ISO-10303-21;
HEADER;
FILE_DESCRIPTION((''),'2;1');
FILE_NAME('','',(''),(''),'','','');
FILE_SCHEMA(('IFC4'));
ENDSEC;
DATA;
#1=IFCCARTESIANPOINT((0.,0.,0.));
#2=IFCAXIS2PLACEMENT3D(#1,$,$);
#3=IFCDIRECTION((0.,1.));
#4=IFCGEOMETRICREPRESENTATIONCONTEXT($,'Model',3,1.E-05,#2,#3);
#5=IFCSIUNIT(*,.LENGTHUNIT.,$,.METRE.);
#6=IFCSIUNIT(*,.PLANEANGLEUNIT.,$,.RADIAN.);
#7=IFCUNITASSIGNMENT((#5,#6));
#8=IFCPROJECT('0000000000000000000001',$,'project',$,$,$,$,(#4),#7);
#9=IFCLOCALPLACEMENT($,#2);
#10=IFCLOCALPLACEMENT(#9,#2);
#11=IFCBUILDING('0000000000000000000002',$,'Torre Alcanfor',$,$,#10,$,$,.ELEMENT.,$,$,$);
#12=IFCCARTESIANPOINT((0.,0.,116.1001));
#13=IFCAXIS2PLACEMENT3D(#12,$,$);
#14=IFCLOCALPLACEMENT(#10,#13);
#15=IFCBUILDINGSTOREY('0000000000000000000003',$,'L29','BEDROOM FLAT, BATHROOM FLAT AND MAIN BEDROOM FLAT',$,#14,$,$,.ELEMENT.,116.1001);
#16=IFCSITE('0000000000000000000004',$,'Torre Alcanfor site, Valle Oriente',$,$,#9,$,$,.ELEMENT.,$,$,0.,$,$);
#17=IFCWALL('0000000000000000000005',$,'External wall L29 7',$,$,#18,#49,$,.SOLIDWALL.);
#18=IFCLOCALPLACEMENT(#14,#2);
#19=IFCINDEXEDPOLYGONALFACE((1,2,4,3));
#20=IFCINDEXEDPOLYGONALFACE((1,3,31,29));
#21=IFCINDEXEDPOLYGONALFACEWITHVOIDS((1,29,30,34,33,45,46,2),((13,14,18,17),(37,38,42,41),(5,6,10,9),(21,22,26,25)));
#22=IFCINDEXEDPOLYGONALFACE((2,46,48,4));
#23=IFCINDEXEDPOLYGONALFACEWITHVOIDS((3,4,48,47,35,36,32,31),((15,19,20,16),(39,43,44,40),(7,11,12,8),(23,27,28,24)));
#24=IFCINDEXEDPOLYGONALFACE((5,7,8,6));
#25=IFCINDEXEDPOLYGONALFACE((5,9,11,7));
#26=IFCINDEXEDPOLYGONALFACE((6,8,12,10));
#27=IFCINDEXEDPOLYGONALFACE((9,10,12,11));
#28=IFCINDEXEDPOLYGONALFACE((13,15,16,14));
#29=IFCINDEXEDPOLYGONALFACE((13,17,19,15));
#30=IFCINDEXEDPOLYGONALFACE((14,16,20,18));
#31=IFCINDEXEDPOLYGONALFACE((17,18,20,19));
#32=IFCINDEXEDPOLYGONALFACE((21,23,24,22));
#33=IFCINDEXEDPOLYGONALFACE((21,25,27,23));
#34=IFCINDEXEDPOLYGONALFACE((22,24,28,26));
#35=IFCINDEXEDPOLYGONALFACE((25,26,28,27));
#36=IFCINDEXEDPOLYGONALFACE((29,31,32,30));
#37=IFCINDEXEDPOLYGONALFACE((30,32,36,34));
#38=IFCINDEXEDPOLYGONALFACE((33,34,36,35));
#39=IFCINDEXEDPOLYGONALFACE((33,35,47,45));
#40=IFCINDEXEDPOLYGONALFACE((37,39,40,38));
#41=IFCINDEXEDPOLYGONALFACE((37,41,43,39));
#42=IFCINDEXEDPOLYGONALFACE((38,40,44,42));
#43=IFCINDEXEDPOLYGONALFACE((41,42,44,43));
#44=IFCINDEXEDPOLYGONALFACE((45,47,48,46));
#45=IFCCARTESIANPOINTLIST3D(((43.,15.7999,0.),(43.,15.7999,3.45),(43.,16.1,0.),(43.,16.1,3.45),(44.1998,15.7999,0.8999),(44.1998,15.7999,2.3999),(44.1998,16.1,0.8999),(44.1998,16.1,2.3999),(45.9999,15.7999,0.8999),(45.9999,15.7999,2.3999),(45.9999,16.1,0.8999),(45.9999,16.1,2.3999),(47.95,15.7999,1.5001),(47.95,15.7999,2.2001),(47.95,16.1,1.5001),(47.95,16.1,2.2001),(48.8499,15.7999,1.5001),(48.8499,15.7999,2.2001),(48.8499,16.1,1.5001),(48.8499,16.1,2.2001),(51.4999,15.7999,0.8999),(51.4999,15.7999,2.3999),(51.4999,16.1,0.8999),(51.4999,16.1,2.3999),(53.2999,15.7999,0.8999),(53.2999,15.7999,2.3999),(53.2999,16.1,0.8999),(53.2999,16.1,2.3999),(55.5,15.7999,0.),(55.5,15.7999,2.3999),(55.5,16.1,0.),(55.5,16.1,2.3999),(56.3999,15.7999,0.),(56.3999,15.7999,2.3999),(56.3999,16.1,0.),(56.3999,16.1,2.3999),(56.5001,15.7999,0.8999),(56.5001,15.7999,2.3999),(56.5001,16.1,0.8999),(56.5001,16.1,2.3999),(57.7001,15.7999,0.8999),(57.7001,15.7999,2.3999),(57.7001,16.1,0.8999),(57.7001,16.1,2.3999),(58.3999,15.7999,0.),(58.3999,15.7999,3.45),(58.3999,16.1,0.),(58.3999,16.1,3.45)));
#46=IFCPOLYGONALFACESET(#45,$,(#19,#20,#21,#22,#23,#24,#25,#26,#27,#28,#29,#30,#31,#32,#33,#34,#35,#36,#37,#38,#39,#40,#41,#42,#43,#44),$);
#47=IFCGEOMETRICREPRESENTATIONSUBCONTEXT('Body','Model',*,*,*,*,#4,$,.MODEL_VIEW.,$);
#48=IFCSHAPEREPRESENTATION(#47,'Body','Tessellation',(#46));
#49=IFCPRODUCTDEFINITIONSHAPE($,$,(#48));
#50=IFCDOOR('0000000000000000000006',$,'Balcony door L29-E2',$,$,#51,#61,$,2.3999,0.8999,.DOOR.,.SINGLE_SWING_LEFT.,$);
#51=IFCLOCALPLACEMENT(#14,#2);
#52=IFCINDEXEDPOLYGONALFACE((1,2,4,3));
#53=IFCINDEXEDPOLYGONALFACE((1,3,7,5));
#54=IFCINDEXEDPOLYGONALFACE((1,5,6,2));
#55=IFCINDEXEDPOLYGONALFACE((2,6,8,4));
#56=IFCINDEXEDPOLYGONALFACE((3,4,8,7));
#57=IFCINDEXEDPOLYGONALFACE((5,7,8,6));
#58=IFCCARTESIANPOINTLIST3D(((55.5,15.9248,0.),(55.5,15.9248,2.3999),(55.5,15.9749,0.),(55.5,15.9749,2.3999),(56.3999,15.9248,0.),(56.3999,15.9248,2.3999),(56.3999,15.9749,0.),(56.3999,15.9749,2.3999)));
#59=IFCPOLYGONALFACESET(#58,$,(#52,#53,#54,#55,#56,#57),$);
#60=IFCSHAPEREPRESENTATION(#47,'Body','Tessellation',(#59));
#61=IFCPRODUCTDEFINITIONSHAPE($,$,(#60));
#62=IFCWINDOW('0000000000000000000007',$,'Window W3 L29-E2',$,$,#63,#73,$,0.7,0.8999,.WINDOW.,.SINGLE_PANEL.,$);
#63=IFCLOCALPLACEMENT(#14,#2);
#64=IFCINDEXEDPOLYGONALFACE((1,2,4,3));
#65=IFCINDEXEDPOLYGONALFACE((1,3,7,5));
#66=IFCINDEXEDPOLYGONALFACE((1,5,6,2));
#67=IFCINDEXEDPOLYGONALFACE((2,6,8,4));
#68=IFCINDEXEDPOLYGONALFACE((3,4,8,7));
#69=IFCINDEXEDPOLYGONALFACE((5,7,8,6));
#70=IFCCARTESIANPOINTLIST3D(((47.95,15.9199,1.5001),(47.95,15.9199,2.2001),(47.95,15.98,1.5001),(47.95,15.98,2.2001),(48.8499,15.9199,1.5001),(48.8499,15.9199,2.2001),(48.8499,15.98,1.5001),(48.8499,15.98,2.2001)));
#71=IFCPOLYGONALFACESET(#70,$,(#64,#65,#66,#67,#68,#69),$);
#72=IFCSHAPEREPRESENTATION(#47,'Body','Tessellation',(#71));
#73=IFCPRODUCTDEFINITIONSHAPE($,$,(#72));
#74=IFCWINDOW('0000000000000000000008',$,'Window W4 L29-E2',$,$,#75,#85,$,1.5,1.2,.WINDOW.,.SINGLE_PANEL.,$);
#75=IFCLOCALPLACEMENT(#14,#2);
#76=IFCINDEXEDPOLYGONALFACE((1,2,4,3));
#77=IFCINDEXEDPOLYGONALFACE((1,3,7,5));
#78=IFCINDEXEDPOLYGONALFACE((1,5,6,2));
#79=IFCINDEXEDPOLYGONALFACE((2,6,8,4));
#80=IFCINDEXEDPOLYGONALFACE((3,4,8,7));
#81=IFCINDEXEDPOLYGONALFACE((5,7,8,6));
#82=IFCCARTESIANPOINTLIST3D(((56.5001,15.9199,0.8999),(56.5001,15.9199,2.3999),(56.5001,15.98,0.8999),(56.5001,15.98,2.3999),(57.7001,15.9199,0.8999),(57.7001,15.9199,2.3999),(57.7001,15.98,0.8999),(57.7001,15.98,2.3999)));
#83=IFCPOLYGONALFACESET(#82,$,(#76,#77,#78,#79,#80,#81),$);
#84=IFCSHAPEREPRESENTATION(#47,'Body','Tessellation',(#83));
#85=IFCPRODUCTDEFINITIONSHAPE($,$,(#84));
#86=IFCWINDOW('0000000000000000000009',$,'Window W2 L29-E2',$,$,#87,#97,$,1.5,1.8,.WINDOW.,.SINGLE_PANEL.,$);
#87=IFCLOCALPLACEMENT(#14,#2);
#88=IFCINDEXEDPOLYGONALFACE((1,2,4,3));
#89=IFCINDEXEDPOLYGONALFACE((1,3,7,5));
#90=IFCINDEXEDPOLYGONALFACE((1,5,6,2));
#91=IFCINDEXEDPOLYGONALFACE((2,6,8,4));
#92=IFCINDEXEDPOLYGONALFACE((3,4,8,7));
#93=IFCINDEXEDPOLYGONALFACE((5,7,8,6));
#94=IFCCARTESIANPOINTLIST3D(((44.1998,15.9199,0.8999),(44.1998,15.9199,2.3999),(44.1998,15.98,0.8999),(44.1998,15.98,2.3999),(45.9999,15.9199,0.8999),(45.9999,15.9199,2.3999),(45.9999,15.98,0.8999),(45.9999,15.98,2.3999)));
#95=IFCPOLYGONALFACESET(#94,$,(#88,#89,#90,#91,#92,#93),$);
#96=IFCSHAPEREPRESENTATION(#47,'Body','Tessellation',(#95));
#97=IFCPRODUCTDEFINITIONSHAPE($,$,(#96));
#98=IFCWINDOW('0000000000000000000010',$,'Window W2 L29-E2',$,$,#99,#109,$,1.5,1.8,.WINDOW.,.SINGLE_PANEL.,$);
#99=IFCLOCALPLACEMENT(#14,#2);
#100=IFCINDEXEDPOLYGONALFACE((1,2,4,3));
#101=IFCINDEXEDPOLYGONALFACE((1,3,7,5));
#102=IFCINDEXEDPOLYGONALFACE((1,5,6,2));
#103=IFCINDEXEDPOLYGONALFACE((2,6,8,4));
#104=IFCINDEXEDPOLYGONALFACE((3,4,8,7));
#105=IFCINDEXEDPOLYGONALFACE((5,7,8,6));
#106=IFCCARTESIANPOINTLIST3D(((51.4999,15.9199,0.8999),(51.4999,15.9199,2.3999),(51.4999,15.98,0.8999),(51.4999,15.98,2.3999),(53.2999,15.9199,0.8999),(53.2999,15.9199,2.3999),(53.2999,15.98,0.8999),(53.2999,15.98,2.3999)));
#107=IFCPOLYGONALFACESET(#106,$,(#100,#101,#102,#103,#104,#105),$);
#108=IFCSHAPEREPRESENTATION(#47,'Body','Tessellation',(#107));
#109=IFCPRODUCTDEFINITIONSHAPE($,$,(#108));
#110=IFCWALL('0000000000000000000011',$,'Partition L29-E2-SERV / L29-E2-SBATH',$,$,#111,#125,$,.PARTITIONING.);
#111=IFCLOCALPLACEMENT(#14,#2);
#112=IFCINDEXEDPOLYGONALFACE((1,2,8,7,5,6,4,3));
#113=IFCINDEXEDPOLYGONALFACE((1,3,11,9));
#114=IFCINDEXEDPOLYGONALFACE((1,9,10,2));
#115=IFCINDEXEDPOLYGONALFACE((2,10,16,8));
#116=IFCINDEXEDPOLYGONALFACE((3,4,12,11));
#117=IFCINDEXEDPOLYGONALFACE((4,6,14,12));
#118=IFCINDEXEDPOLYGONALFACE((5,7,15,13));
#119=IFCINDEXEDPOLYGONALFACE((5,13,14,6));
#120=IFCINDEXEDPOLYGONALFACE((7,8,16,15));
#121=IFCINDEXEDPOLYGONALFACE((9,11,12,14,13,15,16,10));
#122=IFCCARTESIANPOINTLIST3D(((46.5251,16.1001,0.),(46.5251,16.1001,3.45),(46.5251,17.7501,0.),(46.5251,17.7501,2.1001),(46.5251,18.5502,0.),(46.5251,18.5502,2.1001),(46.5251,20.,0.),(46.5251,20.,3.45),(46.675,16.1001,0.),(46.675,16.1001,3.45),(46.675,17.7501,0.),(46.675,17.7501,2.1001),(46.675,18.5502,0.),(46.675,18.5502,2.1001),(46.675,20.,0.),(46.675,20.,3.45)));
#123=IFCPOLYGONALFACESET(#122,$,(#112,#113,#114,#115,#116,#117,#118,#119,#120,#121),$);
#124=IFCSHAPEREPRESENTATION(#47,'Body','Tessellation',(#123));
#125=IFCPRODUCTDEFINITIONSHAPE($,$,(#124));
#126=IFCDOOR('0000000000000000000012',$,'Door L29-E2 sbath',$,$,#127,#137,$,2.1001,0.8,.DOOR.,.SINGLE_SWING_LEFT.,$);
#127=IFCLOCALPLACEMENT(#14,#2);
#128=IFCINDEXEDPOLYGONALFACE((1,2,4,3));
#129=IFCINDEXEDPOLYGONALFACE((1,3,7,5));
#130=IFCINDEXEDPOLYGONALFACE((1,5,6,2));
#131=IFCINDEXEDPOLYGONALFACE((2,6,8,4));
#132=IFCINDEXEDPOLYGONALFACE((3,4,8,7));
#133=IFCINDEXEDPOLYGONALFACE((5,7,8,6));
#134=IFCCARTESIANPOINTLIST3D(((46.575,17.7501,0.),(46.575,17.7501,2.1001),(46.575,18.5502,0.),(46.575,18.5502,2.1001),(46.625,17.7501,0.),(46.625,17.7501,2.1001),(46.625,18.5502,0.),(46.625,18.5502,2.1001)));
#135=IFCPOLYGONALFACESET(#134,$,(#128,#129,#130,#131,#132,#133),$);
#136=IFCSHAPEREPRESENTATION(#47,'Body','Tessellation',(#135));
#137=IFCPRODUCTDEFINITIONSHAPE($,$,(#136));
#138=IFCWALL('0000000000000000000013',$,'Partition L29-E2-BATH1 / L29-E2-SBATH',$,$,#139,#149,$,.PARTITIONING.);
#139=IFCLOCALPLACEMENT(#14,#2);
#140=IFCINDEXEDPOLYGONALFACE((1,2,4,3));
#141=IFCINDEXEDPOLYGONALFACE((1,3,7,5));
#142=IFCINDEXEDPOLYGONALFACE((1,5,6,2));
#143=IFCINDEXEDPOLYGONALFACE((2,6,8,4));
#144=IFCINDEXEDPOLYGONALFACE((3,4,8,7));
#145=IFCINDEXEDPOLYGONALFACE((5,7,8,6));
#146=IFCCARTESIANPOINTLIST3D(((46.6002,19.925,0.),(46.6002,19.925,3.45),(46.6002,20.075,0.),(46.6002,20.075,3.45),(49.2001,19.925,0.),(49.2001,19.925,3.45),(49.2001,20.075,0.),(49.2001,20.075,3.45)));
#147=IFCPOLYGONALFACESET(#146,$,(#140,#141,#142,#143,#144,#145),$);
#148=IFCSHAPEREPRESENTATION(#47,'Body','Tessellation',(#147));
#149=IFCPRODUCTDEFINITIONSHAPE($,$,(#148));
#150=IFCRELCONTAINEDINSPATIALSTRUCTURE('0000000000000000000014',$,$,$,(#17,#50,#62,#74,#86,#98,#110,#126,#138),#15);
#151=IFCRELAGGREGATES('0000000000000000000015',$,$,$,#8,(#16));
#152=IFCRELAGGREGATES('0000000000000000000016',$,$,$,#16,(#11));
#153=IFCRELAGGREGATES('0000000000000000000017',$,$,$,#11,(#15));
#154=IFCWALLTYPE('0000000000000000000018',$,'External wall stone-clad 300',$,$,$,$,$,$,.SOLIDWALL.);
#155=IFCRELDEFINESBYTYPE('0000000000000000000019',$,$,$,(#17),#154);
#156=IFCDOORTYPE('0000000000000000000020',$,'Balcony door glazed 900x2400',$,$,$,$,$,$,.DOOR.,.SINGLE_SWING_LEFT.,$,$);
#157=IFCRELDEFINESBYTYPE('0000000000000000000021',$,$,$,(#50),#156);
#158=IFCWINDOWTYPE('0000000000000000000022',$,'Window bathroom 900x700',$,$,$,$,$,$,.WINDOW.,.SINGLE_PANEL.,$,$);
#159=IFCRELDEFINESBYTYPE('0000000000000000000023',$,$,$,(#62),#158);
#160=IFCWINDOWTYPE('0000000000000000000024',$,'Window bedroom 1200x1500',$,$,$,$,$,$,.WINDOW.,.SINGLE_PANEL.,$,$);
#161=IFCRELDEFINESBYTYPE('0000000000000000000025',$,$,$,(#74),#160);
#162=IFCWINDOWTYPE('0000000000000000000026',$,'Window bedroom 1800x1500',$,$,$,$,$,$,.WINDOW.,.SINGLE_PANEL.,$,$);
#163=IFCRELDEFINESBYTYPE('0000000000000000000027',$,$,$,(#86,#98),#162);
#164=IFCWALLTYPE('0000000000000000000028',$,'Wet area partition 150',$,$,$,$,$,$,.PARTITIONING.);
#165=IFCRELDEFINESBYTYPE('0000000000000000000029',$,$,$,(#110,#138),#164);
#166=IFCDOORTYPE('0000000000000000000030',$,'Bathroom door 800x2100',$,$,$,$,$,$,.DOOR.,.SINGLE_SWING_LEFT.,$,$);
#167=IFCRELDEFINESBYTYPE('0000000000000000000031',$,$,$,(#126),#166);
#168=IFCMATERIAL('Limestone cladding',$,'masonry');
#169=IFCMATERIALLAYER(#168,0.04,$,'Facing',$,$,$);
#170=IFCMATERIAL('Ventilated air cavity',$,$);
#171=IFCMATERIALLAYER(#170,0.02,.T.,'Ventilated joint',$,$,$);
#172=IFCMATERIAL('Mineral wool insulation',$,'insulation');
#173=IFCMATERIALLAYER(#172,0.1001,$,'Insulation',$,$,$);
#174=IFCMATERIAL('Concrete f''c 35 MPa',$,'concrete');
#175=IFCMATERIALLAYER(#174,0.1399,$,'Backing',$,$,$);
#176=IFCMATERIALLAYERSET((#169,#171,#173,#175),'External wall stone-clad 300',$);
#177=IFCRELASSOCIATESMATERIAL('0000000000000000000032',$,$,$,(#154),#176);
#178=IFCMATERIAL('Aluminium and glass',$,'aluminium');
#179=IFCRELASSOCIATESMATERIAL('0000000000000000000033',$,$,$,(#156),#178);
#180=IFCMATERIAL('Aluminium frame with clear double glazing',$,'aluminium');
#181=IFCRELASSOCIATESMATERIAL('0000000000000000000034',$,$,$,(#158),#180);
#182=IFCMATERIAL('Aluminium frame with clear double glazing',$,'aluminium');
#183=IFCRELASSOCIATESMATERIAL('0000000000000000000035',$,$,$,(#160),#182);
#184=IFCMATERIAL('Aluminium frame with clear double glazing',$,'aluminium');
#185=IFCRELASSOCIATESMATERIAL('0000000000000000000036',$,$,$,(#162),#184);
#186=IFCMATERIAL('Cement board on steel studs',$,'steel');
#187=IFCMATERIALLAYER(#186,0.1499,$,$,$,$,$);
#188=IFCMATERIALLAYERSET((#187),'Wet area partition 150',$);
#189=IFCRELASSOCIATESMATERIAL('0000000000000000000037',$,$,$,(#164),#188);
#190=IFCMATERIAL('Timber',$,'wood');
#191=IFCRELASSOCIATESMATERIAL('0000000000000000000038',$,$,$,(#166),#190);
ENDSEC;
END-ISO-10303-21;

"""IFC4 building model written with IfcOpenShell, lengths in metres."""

from ifc_helpers import new_model, si_unit, direction, frame, frame_2d, origin, place, context, subcontext, project, spatial, rectangle, extrude, material, layer, layer_set, type_object, element, fill, save


model = new_model("IFC4")

# Units and contexts
model_context = context("Model", 3, precision=1e-05, world=origin(), true_north=direction((0.0, 1.0)))
body_context = subcontext(model_context, "Body", "Model", "MODEL_VIEW")
ifc_project = project(units=[si_unit("LENGTHUNIT", "METRE"), si_unit("PLANEANGLEUNIT", "RADIAN")], contexts=[model_context])

# Site, building, storey
site_placement = place(None, origin())
site = spatial("IfcSite", under=ifc_project, at=site_placement, Name="Torre Alcanfor site, Valle Oriente", CompositionType="ELEMENT", RefElevation=0.0)
building_placement = place(site_placement, origin())
building = spatial("IfcBuilding", under=site, at=building_placement, Name="Torre Alcanfor", CompositionType="ELEMENT")
storey_placement = place(building_placement, frame((0.0, 0.0, 116.1001)))
storey = spatial("IfcBuildingStorey", under=building, at=storey_placement, Name="L29", Description="BEDROOM FLAT, BATHROOM FLAT AND MAIN BEDROOM FLAT", CompositionType="ELEMENT", Elevation=116.1001)

# Wall, openings, door, windows
ifc_material_1 = material(Name="Limestone cladding", Category="masonry")
ifc_layer_1 = layer(ifc_material_1, 0.04, Name="Facing")
ifc_material_2 = material(Name="Ventilated air cavity")
ifc_layer_2 = layer(ifc_material_2, 0.02, ventilated=True, Name="Ventilated joint")
ifc_material_3 = material(Name="Mineral wool insulation", Category="insulation")
ifc_layer_3 = layer(ifc_material_3, 0.1001, Name="Insulation")
ifc_material_4 = material(Name="Concrete f'c 35 MPa", Category="concrete")
ifc_layer_4 = layer(ifc_material_4, 0.1399, Name="Backing")
ifc_layer_set_1 = layer_set([ifc_layer_1, ifc_layer_2, ifc_layer_3, ifc_layer_4], Name="External wall stone-clad 300")
wall_type_1 = type_object("IfcWallType", Name="External wall stone-clad 300", PredefinedType="SOLIDWALL", material=ifc_layer_set_1)
wall_1_placement = place(storey_placement, frame((43.0, 15.95, 0.0), z_axis=(0.0, 0.0, 1.0), x_axis=(1.0, 0.0, 0.0)))
wall_1 = element("IfcWall", 1, at=wall_1_placement, inside=storey, type_object=wall_type_1, Name="External wall L29 7", PredefinedType="SOLIDWALL", context=body_context, shape_type="SweptSolid", body=[
    extrude(rectangle(XDim=15.3999, YDim=0.3, at=frame_2d((7.7, 0.0))), origin(), (0.0, 0.0, 1.0), 3.45),
])
opening_1_placement = place(wall_1_placement, frame((1.2, 0.0, 0.8999)))
opening_1 = element("IfcOpeningElement", 2, at=opening_1_placement, cuts=wall_1, PredefinedType="OPENING", context=body_context, shape_type="SweptSolid", body=[
    extrude(rectangle(XDim=1.8, YDim=1.5, at=frame_2d((0.8999, 0.75))), frame((0.0, 0.1599, 0.0), z_axis=(0.0, -1.0, 0.0), x_axis=(1.0, 0.0, 0.0)), (0.0, 0.0, 1.0), 0.3201),
])
opening_2_placement = place(wall_1_placement, frame((4.95, 0.0, 1.5)))
opening_2 = element("IfcOpeningElement", 3, at=opening_2_placement, cuts=wall_1, PredefinedType="OPENING", context=body_context, shape_type="SweptSolid", body=[
    extrude(rectangle(XDim=0.8999, YDim=0.7, at=frame_2d((0.45, 0.3501))), frame((0.0, 0.1599, 0.0), z_axis=(0.0, -1.0, 0.0), x_axis=(1.0, 0.0, 0.0)), (0.0, 0.0, 1.0), 0.3201),
])
opening_3_placement = place(wall_1_placement, frame((8.5, 0.0, 0.8999)))
opening_3 = element("IfcOpeningElement", 4, at=opening_3_placement, cuts=wall_1, PredefinedType="OPENING", context=body_context, shape_type="SweptSolid", body=[
    extrude(rectangle(XDim=1.8, YDim=1.5, at=frame_2d((0.8999, 0.75))), frame((0.0, 0.1599, 0.0), z_axis=(0.0, -1.0, 0.0), x_axis=(1.0, 0.0, 0.0)), (0.0, 0.0, 1.0), 0.3201),
])
opening_4_placement = place(wall_1_placement, frame((12.5, 0.0, 0.0)))
opening_4 = element("IfcOpeningElement", 5, at=opening_4_placement, cuts=wall_1, PredefinedType="OPENING", context=body_context, shape_type="SweptSolid", body=[
    extrude(rectangle(XDim=0.8999, YDim=2.3999, at=frame_2d((0.45, 1.2))), frame((0.0, 0.1599, 0.0), z_axis=(0.0, -1.0, 0.0), x_axis=(1.0, 0.0, 0.0)), (0.0, 0.0, 1.0), 0.3201),
])
opening_5_placement = place(wall_1_placement, frame((13.5, 0.0, 0.8999)))
opening_5 = element("IfcOpeningElement", 6, at=opening_5_placement, cuts=wall_1, PredefinedType="OPENING", context=body_context, shape_type="SweptSolid", body=[
    extrude(rectangle(XDim=1.2, YDim=1.5, at=frame_2d((0.6001, 0.75))), frame((0.0, 0.1599, 0.0), z_axis=(0.0, -1.0, 0.0), x_axis=(1.0, 0.0, 0.0)), (0.0, 0.0, 1.0), 0.3201),
])
ifc_material_5 = material(Name="Aluminium and glass", Category="aluminium")
door_type_1 = type_object("IfcDoorType", Name="Balcony door glazed 900x2400", OperationType="SINGLE_SWING_LEFT", PredefinedType="DOOR", material=ifc_material_5)
door_1_placement = place(opening_4_placement, origin())
door_1 = element("IfcDoor", 7, at=door_1_placement, inside=storey, type_object=door_type_1, Name="Balcony door L29-E2", OperationType="SINGLE_SWING_LEFT", OverallHeight=2.3999, OverallWidth=0.8999, PredefinedType="DOOR", context=body_context, shape_type="SweptSolid", body=[
    extrude(rectangle(XDim=0.8999, YDim=2.3999, at=frame_2d((0.45, 1.2))), frame((0.0, 0.0249, 0.0), z_axis=(0.0, -1.0, 0.0), x_axis=(1.0, 0.0, 0.0)), (0.0, 0.0, 1.0), 0.05),
])
fill(opening_4, door_1)
ifc_material_6 = material(Name="Aluminium frame with clear double glazing", Category="aluminium")
window_type_1 = type_object("IfcWindowType", Name="Window bathroom 900x700", PartitioningType="SINGLE_PANEL", PredefinedType="WINDOW", material=ifc_material_6)
window_1_placement = place(opening_2_placement, origin())
window_1 = element("IfcWindow", 8, at=window_1_placement, inside=storey, type_object=window_type_1, Name="Window W3 L29-E2", OverallHeight=0.7, OverallWidth=0.8999, PartitioningType="SINGLE_PANEL", PredefinedType="WINDOW", context=body_context, shape_type="SweptSolid", body=[
    extrude(rectangle(XDim=0.8999, YDim=0.7, at=frame_2d((0.45, 0.3501))), frame((0.0, 0.03, 0.0), z_axis=(0.0, -1.0, 0.0), x_axis=(1.0, 0.0, 0.0)), (0.0, 0.0, 1.0), 0.0601),
])
fill(opening_2, window_1)
ifc_material_7 = material(Name="Aluminium frame with clear double glazing", Category="aluminium")
window_type_2 = type_object("IfcWindowType", Name="Window bedroom 1200x1500", PartitioningType="SINGLE_PANEL", PredefinedType="WINDOW", material=ifc_material_7)
window_2_placement = place(opening_5_placement, origin())
window_2 = element("IfcWindow", 9, at=window_2_placement, inside=storey, type_object=window_type_2, Name="Window W4 L29-E2", OverallHeight=1.5, OverallWidth=1.2, PartitioningType="SINGLE_PANEL", PredefinedType="WINDOW", context=body_context, shape_type="SweptSolid", body=[
    extrude(rectangle(XDim=1.2, YDim=1.5, at=frame_2d((0.6001, 0.75))), frame((0.0, 0.03, 0.0), z_axis=(0.0, -1.0, 0.0), x_axis=(1.0, 0.0, 0.0)), (0.0, 0.0, 1.0), 0.0601),
])
fill(opening_5, window_2)
ifc_material_8 = material(Name="Aluminium frame with clear double glazing", Category="aluminium")
window_type_3 = type_object("IfcWindowType", Name="Window bedroom 1800x1500", PartitioningType="SINGLE_PANEL", PredefinedType="WINDOW", material=ifc_material_8)
window_3_placement = place(opening_1_placement, origin())
window_3 = element("IfcWindow", 10, at=window_3_placement, inside=storey, type_object=window_type_3, Name="Window W2 L29-E2", OverallHeight=1.5, OverallWidth=1.8, PartitioningType="SINGLE_PANEL", PredefinedType="WINDOW", context=body_context, shape_type="SweptSolid", body=[
    extrude(rectangle(XDim=1.8, YDim=1.5, at=frame_2d((0.8999, 0.75))), frame((0.0, 0.03, 0.0), z_axis=(0.0, -1.0, 0.0), x_axis=(1.0, 0.0, 0.0)), (0.0, 0.0, 1.0), 0.0601),
])
fill(opening_1, window_3)
window_4_placement = place(opening_3_placement, origin())
window_4 = element("IfcWindow", 11, at=window_4_placement, inside=storey, type_object=window_type_3, Name="Window W2 L29-E2", OverallHeight=1.5, OverallWidth=1.8, PartitioningType="SINGLE_PANEL", PredefinedType="WINDOW", context=body_context, shape_type="SweptSolid", body=[
    extrude(rectangle(XDim=1.8, YDim=1.5, at=frame_2d((0.8999, 0.75))), frame((0.0, 0.03, 0.0), z_axis=(0.0, -1.0, 0.0), x_axis=(1.0, 0.0, 0.0)), (0.0, 0.0, 1.0), 0.0601),
])
fill(opening_3, window_4)

# Wall, opening, door
ifc_material_9 = material(Name="Cement board on steel studs", Category="steel")
ifc_layer_5 = layer(ifc_material_9, 0.1499)
ifc_layer_set_2 = layer_set([ifc_layer_5], Name="Wet area partition 150")
wall_type_2 = type_object("IfcWallType", Name="Wet area partition 150", PredefinedType="PARTITIONING", material=ifc_layer_set_2)
wall_2_placement = place(storey_placement, frame((46.6001, 20.0, 0.0), z_axis=(0.0, 0.0, 1.0), x_axis=(0.0, -1.0, 0.0)))
wall_2 = element("IfcWall", 12, at=wall_2_placement, inside=storey, type_object=wall_type_2, Name="Partition L29-E2-SERV / L29-E2-SBATH", PredefinedType="PARTITIONING", context=body_context, shape_type="SweptSolid", body=[
    extrude(rectangle(XDim=3.8999, YDim=0.1499, at=frame_2d((1.95, 0.0))), origin(), (0.0, 0.0, 1.0), 3.45),
])
opening_6_placement = place(wall_2_placement, frame((1.45, 0.0, 0.0)))
opening_6 = element("IfcOpeningElement", 13, at=opening_6_placement, cuts=wall_2, PredefinedType="OPENING", context=body_context, shape_type="SweptSolid", body=[
    extrude(rectangle(XDim=0.8, YDim=2.1001, at=frame_2d((0.3999, 1.05))), frame((0.0, 0.085, 0.0), z_axis=(0.0, -1.0, 0.0), x_axis=(1.0, 0.0, 0.0)), (0.0, 0.0, 1.0), 0.1699),
])
ifc_material_10 = material(Name="Timber", Category="wood")
door_type_2 = type_object("IfcDoorType", Name="Bathroom door 800x2100", OperationType="SINGLE_SWING_LEFT", PredefinedType="DOOR", material=ifc_material_10)
door_2_placement = place(opening_6_placement, origin())
door_2 = element("IfcDoor", 14, at=door_2_placement, inside=storey, type_object=door_type_2, Name="Door L29-E2 sbath", OperationType="SINGLE_SWING_LEFT", OverallHeight=2.1001, OverallWidth=0.8, PredefinedType="DOOR", context=body_context, shape_type="SweptSolid", body=[
    extrude(rectangle(XDim=0.8, YDim=2.1001, at=frame_2d((0.3999, 1.05))), frame((0.0, 0.0249, 0.0), z_axis=(0.0, -1.0, 0.0), x_axis=(1.0, 0.0, 0.0)), (0.0, 0.0, 1.0), 0.05),
])
fill(opening_6, door_2)

# Wall
wall_3_placement = place(storey_placement, frame((49.2, 20.0, 0.0), z_axis=(0.0, 0.0, 1.0), x_axis=(-1.0, 0.0, 0.0)))
element("IfcWall", 15, at=wall_3_placement, inside=storey, type_object=wall_type_2, Name="Partition L29-E2-BATH1 / L29-E2-SBATH", PredefinedType="PARTITIONING", context=body_context, shape_type="SweptSolid", body=[
    extrude(rectangle(XDim=2.5999, YDim=0.1499, at=frame_2d((1.2998, 0.0))), origin(), (0.0, 0.0, 1.0), 3.45),
])

save(model, "model.ifc")
